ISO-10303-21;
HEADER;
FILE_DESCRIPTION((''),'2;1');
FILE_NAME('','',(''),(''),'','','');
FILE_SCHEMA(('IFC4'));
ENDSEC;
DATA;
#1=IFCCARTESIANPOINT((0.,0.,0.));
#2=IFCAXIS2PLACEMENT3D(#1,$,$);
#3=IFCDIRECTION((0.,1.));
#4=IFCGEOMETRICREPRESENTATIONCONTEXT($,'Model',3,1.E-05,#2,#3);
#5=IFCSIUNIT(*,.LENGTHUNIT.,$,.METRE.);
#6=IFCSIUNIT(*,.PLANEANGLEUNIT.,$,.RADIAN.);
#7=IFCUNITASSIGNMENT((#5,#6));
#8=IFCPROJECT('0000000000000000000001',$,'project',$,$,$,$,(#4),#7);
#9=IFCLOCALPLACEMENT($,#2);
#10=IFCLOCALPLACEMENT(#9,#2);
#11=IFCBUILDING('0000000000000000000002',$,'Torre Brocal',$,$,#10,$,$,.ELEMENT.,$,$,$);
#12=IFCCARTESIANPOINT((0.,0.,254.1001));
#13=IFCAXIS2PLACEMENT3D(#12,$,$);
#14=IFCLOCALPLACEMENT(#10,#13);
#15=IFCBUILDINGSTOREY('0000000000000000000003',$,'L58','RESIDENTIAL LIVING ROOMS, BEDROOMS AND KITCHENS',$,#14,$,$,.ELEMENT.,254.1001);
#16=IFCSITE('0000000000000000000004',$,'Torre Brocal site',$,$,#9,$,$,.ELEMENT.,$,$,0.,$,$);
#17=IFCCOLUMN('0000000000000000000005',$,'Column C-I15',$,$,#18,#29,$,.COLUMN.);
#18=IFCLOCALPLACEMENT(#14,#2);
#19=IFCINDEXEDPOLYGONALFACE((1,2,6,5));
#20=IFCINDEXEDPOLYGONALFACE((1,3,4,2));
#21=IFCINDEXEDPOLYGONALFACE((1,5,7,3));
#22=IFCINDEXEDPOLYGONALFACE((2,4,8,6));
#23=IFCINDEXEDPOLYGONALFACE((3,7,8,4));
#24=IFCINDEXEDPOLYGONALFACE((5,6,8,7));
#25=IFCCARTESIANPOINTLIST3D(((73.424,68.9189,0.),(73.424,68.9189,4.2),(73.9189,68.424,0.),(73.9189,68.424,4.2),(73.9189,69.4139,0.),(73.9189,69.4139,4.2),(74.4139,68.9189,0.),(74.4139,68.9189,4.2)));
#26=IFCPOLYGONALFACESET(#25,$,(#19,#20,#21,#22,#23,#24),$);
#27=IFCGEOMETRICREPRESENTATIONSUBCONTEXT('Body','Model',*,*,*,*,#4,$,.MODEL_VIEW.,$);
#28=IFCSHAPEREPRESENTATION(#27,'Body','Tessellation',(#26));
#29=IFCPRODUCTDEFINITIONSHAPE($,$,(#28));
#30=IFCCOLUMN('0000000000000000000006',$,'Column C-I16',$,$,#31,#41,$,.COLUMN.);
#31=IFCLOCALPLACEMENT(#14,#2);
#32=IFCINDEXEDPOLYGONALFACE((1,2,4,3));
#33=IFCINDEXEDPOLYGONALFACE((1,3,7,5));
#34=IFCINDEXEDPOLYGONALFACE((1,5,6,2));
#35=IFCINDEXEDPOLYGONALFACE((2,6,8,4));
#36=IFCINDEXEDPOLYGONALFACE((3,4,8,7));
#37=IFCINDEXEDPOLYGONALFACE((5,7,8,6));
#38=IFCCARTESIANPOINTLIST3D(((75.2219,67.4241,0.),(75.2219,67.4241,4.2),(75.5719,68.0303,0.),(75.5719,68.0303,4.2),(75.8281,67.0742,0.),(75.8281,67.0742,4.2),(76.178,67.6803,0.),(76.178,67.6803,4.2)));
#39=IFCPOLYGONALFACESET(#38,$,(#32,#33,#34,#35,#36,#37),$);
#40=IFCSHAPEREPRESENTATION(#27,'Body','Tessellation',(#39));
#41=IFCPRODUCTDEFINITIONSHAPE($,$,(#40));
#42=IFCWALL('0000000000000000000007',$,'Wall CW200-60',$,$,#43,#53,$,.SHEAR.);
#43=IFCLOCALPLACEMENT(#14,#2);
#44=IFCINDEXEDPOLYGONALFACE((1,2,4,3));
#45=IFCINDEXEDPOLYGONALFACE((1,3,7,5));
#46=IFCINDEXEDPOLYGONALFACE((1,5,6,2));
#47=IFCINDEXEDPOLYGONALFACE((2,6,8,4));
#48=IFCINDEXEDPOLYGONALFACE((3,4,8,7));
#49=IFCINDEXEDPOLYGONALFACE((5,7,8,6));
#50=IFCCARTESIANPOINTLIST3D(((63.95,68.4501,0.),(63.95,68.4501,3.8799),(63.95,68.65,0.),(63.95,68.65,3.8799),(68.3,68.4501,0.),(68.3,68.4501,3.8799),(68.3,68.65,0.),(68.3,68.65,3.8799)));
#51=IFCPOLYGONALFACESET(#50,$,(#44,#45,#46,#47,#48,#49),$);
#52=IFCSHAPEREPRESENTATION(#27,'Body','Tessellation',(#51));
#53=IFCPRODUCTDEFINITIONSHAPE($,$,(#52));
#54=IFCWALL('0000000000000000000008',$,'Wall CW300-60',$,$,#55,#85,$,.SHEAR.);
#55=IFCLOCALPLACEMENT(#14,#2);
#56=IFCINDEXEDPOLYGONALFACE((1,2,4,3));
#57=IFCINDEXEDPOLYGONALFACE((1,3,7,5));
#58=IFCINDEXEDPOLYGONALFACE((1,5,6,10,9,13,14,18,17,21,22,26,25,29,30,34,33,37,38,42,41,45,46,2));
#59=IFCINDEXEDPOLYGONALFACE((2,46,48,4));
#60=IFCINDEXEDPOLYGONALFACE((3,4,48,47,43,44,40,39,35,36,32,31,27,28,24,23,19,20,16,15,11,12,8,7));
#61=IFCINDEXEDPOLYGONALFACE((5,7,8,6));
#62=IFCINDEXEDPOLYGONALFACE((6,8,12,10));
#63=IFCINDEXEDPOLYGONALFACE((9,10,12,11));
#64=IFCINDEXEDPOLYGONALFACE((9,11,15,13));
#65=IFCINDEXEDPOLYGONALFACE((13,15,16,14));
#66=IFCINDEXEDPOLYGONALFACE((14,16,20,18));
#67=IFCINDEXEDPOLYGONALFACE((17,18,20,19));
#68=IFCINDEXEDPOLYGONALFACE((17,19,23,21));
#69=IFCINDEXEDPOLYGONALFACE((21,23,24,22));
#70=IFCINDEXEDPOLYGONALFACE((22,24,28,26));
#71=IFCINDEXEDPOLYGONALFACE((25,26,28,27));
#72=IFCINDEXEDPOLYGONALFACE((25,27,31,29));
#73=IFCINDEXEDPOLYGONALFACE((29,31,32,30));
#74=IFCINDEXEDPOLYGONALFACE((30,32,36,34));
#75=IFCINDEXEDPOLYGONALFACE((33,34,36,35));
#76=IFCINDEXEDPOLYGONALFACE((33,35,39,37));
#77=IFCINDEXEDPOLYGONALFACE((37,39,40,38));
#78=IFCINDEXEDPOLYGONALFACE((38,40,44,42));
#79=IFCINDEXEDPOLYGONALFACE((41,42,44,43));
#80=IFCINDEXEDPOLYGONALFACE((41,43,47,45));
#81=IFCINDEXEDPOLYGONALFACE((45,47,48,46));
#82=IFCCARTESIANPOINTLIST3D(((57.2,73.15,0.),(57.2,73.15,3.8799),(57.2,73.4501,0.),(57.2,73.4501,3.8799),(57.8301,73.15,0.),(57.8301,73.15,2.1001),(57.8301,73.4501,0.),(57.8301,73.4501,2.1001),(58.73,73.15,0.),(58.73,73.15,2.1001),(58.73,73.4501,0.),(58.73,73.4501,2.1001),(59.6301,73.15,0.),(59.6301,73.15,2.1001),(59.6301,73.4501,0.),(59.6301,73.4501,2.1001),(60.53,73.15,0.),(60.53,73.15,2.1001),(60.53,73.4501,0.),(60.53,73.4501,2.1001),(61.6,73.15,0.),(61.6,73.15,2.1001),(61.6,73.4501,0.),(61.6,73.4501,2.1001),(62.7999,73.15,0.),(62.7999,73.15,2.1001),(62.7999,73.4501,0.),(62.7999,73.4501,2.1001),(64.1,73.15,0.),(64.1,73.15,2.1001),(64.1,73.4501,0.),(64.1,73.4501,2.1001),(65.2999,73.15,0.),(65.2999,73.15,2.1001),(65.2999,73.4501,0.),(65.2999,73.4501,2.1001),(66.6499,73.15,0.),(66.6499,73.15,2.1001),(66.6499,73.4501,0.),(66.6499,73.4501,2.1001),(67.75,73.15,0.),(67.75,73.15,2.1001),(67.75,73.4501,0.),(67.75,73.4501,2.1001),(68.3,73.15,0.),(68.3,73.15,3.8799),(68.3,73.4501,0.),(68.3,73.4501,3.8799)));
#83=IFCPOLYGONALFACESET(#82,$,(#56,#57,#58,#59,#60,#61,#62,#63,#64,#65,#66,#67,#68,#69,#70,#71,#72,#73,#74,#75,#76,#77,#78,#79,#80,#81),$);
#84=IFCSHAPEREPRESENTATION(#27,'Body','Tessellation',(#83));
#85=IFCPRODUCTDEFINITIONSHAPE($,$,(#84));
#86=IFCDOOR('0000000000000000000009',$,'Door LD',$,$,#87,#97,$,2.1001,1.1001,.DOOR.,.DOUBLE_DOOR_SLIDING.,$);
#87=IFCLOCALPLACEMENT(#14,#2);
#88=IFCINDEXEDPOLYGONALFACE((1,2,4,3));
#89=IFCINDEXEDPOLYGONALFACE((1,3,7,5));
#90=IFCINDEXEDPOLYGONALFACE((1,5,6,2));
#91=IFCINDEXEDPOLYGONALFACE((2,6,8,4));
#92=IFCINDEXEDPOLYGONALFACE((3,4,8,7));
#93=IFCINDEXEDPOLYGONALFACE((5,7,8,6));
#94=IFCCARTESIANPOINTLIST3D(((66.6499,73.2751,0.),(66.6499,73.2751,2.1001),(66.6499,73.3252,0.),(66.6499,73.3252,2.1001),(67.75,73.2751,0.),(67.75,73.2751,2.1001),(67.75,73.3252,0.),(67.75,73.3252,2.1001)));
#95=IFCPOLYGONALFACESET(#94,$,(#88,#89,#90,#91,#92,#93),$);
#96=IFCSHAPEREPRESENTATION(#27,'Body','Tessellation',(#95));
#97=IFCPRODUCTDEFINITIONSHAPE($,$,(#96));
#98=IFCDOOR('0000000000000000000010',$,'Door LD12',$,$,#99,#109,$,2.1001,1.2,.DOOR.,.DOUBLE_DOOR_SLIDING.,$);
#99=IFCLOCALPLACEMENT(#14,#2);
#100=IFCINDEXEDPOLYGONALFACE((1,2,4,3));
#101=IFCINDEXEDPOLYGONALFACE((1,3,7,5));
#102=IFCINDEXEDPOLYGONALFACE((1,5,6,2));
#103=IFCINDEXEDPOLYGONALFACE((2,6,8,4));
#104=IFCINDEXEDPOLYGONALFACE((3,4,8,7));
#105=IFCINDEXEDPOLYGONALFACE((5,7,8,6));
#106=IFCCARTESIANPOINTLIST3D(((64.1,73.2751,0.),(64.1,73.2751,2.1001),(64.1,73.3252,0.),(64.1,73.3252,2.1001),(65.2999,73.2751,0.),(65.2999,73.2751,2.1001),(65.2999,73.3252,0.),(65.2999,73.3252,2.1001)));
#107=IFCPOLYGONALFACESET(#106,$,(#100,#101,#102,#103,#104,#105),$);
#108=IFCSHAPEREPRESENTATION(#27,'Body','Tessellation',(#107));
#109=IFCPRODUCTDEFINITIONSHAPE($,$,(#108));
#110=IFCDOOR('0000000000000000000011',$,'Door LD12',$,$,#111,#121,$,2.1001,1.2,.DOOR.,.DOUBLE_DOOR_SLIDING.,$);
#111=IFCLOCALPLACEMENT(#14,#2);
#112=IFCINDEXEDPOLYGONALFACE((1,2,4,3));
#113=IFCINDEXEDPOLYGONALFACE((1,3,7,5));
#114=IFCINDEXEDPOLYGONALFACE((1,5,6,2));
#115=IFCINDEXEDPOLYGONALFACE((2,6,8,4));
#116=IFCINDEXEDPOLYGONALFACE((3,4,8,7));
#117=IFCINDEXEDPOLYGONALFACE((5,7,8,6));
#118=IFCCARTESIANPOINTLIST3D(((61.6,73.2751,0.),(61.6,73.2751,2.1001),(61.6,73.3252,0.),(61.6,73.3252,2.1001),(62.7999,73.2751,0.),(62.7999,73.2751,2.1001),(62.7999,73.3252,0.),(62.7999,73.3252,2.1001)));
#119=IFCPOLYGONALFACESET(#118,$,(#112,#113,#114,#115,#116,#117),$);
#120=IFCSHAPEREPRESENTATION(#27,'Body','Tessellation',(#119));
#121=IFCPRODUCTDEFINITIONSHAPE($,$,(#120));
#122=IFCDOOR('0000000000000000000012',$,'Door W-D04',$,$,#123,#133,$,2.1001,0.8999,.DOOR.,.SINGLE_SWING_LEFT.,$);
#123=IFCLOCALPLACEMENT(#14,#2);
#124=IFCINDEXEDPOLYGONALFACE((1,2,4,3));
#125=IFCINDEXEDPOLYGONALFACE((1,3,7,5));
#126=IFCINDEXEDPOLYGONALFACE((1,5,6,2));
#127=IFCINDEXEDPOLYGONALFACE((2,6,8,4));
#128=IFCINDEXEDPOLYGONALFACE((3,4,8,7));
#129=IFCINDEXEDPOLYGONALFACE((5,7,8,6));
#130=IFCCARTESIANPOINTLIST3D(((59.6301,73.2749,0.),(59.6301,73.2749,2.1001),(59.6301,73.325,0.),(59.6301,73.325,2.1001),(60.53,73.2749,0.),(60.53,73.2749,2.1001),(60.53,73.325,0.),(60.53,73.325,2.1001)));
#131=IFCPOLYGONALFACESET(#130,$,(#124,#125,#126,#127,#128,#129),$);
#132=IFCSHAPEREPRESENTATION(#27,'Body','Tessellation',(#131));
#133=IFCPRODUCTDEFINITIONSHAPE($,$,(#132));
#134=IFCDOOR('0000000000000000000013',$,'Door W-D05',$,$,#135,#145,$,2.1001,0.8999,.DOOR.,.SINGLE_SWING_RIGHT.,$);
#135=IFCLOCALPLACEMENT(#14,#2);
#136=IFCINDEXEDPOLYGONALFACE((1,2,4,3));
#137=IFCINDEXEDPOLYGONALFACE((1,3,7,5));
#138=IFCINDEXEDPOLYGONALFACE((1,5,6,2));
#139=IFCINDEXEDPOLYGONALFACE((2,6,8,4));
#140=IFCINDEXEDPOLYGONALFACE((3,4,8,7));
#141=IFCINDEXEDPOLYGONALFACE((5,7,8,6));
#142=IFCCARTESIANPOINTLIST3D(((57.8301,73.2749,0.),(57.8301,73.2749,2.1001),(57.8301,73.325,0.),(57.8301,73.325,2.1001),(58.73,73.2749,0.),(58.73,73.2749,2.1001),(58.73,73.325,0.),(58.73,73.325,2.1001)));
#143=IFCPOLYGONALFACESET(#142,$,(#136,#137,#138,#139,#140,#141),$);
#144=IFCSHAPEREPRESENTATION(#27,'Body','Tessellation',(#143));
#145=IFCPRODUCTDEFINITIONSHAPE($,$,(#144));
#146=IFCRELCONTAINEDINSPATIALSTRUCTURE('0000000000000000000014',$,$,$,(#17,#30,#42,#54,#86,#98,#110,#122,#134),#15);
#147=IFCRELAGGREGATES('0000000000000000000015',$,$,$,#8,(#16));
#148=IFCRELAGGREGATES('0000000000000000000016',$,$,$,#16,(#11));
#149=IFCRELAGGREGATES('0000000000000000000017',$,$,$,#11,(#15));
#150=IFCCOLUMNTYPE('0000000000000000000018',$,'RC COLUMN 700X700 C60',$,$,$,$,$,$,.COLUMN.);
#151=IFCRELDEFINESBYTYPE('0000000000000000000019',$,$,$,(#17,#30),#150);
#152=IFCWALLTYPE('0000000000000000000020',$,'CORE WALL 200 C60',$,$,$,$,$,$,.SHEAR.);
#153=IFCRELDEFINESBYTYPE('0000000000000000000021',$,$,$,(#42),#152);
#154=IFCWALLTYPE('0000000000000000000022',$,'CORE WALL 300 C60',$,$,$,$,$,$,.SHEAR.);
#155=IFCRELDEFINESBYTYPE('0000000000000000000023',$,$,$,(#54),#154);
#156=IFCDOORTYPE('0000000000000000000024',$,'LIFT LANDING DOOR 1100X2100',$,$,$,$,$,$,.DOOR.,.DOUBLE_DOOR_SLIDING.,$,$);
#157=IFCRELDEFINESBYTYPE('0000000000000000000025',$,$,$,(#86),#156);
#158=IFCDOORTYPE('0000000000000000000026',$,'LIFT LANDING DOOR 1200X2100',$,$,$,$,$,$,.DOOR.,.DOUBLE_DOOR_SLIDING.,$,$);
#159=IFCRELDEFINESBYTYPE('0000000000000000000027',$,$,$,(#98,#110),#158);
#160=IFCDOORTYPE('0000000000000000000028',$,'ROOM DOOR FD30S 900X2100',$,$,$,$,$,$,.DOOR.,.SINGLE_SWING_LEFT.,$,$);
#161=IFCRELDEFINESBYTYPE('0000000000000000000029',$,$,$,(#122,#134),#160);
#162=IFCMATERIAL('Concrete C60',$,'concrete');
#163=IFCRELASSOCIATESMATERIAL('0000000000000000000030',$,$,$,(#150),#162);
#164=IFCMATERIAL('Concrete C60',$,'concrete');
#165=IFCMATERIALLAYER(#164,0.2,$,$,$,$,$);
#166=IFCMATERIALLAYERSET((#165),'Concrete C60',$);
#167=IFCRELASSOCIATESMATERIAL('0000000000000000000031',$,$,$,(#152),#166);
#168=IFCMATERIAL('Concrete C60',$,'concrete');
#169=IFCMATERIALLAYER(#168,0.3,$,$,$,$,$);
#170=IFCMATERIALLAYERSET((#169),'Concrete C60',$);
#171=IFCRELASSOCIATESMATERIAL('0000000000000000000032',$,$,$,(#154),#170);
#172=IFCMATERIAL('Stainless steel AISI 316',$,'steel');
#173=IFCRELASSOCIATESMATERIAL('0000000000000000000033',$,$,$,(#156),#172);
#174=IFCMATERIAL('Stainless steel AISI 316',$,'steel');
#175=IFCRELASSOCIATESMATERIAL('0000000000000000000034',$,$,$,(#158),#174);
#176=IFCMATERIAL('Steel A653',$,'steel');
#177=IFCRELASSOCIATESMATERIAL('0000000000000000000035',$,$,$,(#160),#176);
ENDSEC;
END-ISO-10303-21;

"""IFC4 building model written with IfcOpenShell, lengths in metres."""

from ifc_helpers import new_model, si_unit, direction, frame, frame_2d, origin, origin_2d, place, context, subcontext, project, spatial, rectangle, extrude, material, layer, layer_set, material_profile, profile_set, type_object, element, fill, save


model = new_model("IFC4")

# Units and contexts
model_context = context("Model", 3, precision=1e-05, world=origin(), true_north=direction((0.0, 1.0)))
body_context = subcontext(model_context, "Body", "Model", "MODEL_VIEW")
ifc_project = project(units=[si_unit("LENGTHUNIT", "METRE"), si_unit("PLANEANGLEUNIT", "RADIAN")], contexts=[model_context])

# Site, building, storey
site_placement = place(None, origin())
site = spatial("IfcSite", under=ifc_project, at=site_placement, Name="Torre Brocal site", CompositionType="ELEMENT", RefElevation=0.0)
building_placement = place(site_placement, origin())
building = spatial("IfcBuilding", under=site, at=building_placement, Name="Torre Brocal", CompositionType="ELEMENT")
storey_placement = place(building_placement, frame((0.0, 0.0, 254.1001)))
storey = spatial("IfcBuildingStorey", under=building, at=storey_placement, Name="L58", Description="RESIDENTIAL LIVING ROOMS, BEDROOMS AND KITCHENS", CompositionType="ELEMENT", Elevation=254.1001)

# Columns
ifc_material_1 = material(Name="Concrete C60", Category="concrete")
ifc_material_profile = material_profile(ifc_material_1, rectangle(XDim=0.7, YDim=0.7, at=origin_2d()), Name="RC 700X700")
ifc_profile_set = profile_set([ifc_material_profile], Name="Concrete C60")
column_type = type_object("IfcColumnType", Name="RC COLUMN 700X700 C60", PredefinedType="COLUMN", material=ifc_profile_set)
for number, where, z_axis, x_axis, name in (
    (1, (73.9189, 68.9189, 0.0), (0.0, 0.0, 1.0), (-0.707107, -0.707107, 0.0), "Column C-I15"),
    (2, (75.7, 67.5522, 0.0), (0.0, 0.0, 1.0), (-0.5, -0.866025, 0.0), "Column C-I16"),
):
    element("IfcColumn", number, at=place(storey_placement, frame(where, z_axis=z_axis, x_axis=x_axis)), inside=storey, type_object=column_type, Name=name, PredefinedType="COLUMN", context=body_context, shape_type="SweptSolid", body=[
        extrude(rectangle(XDim=0.7, YDim=0.7, at=origin_2d()), origin(), (0.0, 0.0, 1.0), 4.2),
    ])

# Wall
ifc_material_2 = material(Name="Concrete C60", Category="concrete")
ifc_layer_1 = layer(ifc_material_2, 0.2)
ifc_layer_set_1 = layer_set([ifc_layer_1], Name="Concrete C60")
wall_type_1 = type_object("IfcWallType", Name="CORE WALL 200 C60", PredefinedType="SHEAR", material=ifc_layer_set_1)
wall_1_placement = place(storey_placement, frame((68.3, 68.55, 0.0), z_axis=(0.0, 0.0, 1.0), x_axis=(-1.0, 0.0, 0.0)))
element("IfcWall", 3, at=wall_1_placement, inside=storey, type_object=wall_type_1, Name="Wall CW200-60", PredefinedType="SHEAR", context=body_context, shape_type="SweptSolid", body=[
    extrude(rectangle(XDim=4.3501, YDim=0.2, at=frame_2d((2.175, 0.0))), origin(), (0.0, 0.0, 1.0), 3.8799),
])

# Wall, openings, doors
ifc_material_3 = material(Name="Concrete C60", Category="concrete")
ifc_layer_2 = layer(ifc_material_3, 0.3)
ifc_layer_set_2 = layer_set([ifc_layer_2], Name="Concrete C60")
wall_type_2 = type_object("IfcWallType", Name="CORE WALL 300 C60", PredefinedType="SHEAR", material=ifc_layer_set_2)
wall_2_placement = place(storey_placement, frame((68.3, 73.3, 0.0), z_axis=(0.0, 0.0, 1.0), x_axis=(-1.0, 0.0, 0.0)))
wall_2 = element("IfcWall", 4, at=wall_2_placement, inside=storey, type_object=wall_type_2, Name="Wall CW300-60", PredefinedType="SHEAR", context=body_context, shape_type="SweptSolid", body=[
    extrude(rectangle(XDim=11.1001, YDim=0.3, at=frame_2d((5.55, 0.0))), origin(), (0.0, 0.0, 1.0), 3.8799),
])
opening_1_placement = place(wall_2_placement, frame((0.55, 0.0, 0.0)))
opening_1 = element("IfcOpeningElement", 5, at=opening_1_placement, cuts=wall_2, PredefinedType="OPENING", context=body_context, shape_type="SweptSolid", body=[
    extrude(rectangle(XDim=1.1001, YDim=2.1001, at=frame_2d((0.55, 1.05))), frame((0.0, 0.1599, 0.0), z_axis=(0.0, -1.0, 0.0), x_axis=(1.0, 0.0, 0.0)), (0.0, 0.0, 1.0), 0.3201),
])
opening_2_placement = place(wall_2_placement, frame((3.0, 0.0, 0.0)))
opening_2 = element("IfcOpeningElement", 6, at=opening_2_placement, cuts=wall_2, PredefinedType="OPENING", context=body_context, shape_type="SweptSolid", body=[
    extrude(rectangle(XDim=1.2, YDim=2.1001, at=frame_2d((0.6001, 1.05))), frame((0.0, 0.1599, 0.0), z_axis=(0.0, -1.0, 0.0), x_axis=(1.0, 0.0, 0.0)), (0.0, 0.0, 1.0), 0.3201),
])
opening_3_placement = place(wall_2_placement, frame((5.5, 0.0, 0.0)))
opening_3 = element("IfcOpeningElement", 7, at=opening_3_placement, cuts=wall_2, PredefinedType="OPENING", context=body_context, shape_type="SweptSolid", body=[
    extrude(rectangle(XDim=1.2, YDim=2.1001, at=frame_2d((0.6001, 1.05))), frame((0.0, 0.1599, 0.0), z_axis=(0.0, -1.0, 0.0), x_axis=(1.0, 0.0, 0.0)), (0.0, 0.0, 1.0), 0.3201),
])
opening_4_placement = place(wall_2_placement, frame((7.77, 0.0, 0.0)))
opening_4 = element("IfcOpeningElement", 8, at=opening_4_placement, cuts=wall_2, PredefinedType="OPENING", context=body_context, shape_type="SweptSolid", body=[
    extrude(rectangle(XDim=0.8999, YDim=2.1001, at=frame_2d((0.45, 1.05))), frame((0.0, 0.1599, 0.0), z_axis=(0.0, -1.0, 0.0), x_axis=(1.0, 0.0, 0.0)), (0.0, 0.0, 1.0), 0.3201),
])
opening_5_placement = place(wall_2_placement, frame((9.5701, 0.0, 0.0)))
opening_5 = element("IfcOpeningElement", 9, at=opening_5_placement, cuts=wall_2, PredefinedType="OPENING", context=body_context, shape_type="SweptSolid", body=[
    extrude(rectangle(XDim=0.8999, YDim=2.1001, at=frame_2d((0.45, 1.05))), frame((0.0, 0.1599, 0.0), z_axis=(0.0, -1.0, 0.0), x_axis=(1.0, 0.0, 0.0)), (0.0, 0.0, 1.0), 0.3201),
])
ifc_material_4 = material(Name="Stainless steel AISI 316", Category="steel")
door_type_1 = type_object("IfcDoorType", Name="LIFT LANDING DOOR 1100X2100", OperationType="DOUBLE_DOOR_SLIDING", PredefinedType="DOOR", material=ifc_material_4)
door_1_placement = place(opening_1_placement, origin())
door_1 = element("IfcDoor", 10, at=door_1_placement, inside=storey, type_object=door_type_1, Name="Door LD", OperationType="DOUBLE_DOOR_SLIDING", OverallHeight=2.1001, OverallWidth=1.1001, PredefinedType="DOOR", context=body_context, shape_type="SweptSolid", body=[
    extrude(rectangle(XDim=1.1001, YDim=2.1001, at=frame_2d((0.55, 1.05))), frame((0.0, 0.0249, 0.0), z_axis=(0.0, -1.0, 0.0), x_axis=(1.0, 0.0, 0.0)), (0.0, 0.0, 1.0), 0.05),
])
fill(opening_1, door_1)
ifc_material_5 = material(Name="Stainless steel AISI 316", Category="steel")
door_type_2 = type_object("IfcDoorType", Name="LIFT LANDING DOOR 1200X2100", OperationType="DOUBLE_DOOR_SLIDING", PredefinedType="DOOR", material=ifc_material_5)
door_2_placement = place(opening_2_placement, origin())
door_2 = element("IfcDoor", 11, at=door_2_placement, inside=storey, type_object=door_type_2, Name="Door LD12", OperationType="DOUBLE_DOOR_SLIDING", OverallHeight=2.1001, OverallWidth=1.2, PredefinedType="DOOR", context=body_context, shape_type="SweptSolid", body=[
    extrude(rectangle(XDim=1.2, YDim=2.1001, at=frame_2d((0.6001, 1.05))), frame((0.0, 0.0249, 0.0), z_axis=(0.0, -1.0, 0.0), x_axis=(1.0, 0.0, 0.0)), (0.0, 0.0, 1.0), 0.05),
])
fill(opening_2, door_2)
door_3_placement = place(opening_3_placement, origin())
door_3 = element("IfcDoor", 12, at=door_3_placement, inside=storey, type_object=door_type_2, Name="Door LD12", OperationType="DOUBLE_DOOR_SLIDING", OverallHeight=2.1001, OverallWidth=1.2, PredefinedType="DOOR", context=body_context, shape_type="SweptSolid", body=[
    extrude(rectangle(XDim=1.2, YDim=2.1001, at=frame_2d((0.6001, 1.05))), frame((0.0, 0.0249, 0.0), z_axis=(0.0, -1.0, 0.0), x_axis=(1.0, 0.0, 0.0)), (0.0, 0.0, 1.0), 0.05),
])
fill(opening_3, door_3)
ifc_material_6 = material(Name="Steel A653", Category="steel")
door_type_3 = type_object("IfcDoorType", Name="ROOM DOOR FD30S 900X2100", OperationType="SINGLE_SWING_LEFT", PredefinedType="DOOR", material=ifc_material_6)
door_4_placement = place(opening_4_placement, frame((0.8999, 0.0, 0.0), z_axis=(0.0, 0.0, 1.0), x_axis=(-1.0, 0.0, 0.0)))
door_4 = element("IfcDoor", 13, at=door_4_placement, inside=storey, type_object=door_type_3, Name="Door W-D04", OperationType="SINGLE_SWING_LEFT", OverallHeight=2.1001, OverallWidth=0.8999, PredefinedType="DOOR", context=body_context, shape_type="SweptSolid", body=[
    extrude(rectangle(XDim=0.8999, YDim=2.1001, at=frame_2d((0.45, 1.05))), frame((0.0, 0.0249, 0.0), z_axis=(0.0, -1.0, 0.0), x_axis=(1.0, 0.0, 0.0)), (0.0, 0.0, 1.0), 0.05),
])
fill(opening_4, door_4)
door_5_placement = place(opening_5_placement, frame((0.8999, 0.0, 0.0), z_axis=(0.0, 0.0, 1.0), x_axis=(-1.0, 0.0, 0.0)))
door_5 = element("IfcDoor", 14, at=door_5_placement, inside=storey, type_object=door_type_3, Name="Door W-D05", OperationType="SINGLE_SWING_RIGHT", OverallHeight=2.1001, OverallWidth=0.8999, PredefinedType="DOOR", context=body_context, shape_type="SweptSolid", body=[
    extrude(rectangle(XDim=0.8999, YDim=2.1001, at=frame_2d((0.45, 1.05))), frame((0.0, 0.0249, 0.0), z_axis=(0.0, -1.0, 0.0), x_axis=(1.0, 0.0, 0.0)), (0.0, 0.0, 1.0), 0.05),
])
fill(opening_5, door_5)

save(model, "model.ifc")
